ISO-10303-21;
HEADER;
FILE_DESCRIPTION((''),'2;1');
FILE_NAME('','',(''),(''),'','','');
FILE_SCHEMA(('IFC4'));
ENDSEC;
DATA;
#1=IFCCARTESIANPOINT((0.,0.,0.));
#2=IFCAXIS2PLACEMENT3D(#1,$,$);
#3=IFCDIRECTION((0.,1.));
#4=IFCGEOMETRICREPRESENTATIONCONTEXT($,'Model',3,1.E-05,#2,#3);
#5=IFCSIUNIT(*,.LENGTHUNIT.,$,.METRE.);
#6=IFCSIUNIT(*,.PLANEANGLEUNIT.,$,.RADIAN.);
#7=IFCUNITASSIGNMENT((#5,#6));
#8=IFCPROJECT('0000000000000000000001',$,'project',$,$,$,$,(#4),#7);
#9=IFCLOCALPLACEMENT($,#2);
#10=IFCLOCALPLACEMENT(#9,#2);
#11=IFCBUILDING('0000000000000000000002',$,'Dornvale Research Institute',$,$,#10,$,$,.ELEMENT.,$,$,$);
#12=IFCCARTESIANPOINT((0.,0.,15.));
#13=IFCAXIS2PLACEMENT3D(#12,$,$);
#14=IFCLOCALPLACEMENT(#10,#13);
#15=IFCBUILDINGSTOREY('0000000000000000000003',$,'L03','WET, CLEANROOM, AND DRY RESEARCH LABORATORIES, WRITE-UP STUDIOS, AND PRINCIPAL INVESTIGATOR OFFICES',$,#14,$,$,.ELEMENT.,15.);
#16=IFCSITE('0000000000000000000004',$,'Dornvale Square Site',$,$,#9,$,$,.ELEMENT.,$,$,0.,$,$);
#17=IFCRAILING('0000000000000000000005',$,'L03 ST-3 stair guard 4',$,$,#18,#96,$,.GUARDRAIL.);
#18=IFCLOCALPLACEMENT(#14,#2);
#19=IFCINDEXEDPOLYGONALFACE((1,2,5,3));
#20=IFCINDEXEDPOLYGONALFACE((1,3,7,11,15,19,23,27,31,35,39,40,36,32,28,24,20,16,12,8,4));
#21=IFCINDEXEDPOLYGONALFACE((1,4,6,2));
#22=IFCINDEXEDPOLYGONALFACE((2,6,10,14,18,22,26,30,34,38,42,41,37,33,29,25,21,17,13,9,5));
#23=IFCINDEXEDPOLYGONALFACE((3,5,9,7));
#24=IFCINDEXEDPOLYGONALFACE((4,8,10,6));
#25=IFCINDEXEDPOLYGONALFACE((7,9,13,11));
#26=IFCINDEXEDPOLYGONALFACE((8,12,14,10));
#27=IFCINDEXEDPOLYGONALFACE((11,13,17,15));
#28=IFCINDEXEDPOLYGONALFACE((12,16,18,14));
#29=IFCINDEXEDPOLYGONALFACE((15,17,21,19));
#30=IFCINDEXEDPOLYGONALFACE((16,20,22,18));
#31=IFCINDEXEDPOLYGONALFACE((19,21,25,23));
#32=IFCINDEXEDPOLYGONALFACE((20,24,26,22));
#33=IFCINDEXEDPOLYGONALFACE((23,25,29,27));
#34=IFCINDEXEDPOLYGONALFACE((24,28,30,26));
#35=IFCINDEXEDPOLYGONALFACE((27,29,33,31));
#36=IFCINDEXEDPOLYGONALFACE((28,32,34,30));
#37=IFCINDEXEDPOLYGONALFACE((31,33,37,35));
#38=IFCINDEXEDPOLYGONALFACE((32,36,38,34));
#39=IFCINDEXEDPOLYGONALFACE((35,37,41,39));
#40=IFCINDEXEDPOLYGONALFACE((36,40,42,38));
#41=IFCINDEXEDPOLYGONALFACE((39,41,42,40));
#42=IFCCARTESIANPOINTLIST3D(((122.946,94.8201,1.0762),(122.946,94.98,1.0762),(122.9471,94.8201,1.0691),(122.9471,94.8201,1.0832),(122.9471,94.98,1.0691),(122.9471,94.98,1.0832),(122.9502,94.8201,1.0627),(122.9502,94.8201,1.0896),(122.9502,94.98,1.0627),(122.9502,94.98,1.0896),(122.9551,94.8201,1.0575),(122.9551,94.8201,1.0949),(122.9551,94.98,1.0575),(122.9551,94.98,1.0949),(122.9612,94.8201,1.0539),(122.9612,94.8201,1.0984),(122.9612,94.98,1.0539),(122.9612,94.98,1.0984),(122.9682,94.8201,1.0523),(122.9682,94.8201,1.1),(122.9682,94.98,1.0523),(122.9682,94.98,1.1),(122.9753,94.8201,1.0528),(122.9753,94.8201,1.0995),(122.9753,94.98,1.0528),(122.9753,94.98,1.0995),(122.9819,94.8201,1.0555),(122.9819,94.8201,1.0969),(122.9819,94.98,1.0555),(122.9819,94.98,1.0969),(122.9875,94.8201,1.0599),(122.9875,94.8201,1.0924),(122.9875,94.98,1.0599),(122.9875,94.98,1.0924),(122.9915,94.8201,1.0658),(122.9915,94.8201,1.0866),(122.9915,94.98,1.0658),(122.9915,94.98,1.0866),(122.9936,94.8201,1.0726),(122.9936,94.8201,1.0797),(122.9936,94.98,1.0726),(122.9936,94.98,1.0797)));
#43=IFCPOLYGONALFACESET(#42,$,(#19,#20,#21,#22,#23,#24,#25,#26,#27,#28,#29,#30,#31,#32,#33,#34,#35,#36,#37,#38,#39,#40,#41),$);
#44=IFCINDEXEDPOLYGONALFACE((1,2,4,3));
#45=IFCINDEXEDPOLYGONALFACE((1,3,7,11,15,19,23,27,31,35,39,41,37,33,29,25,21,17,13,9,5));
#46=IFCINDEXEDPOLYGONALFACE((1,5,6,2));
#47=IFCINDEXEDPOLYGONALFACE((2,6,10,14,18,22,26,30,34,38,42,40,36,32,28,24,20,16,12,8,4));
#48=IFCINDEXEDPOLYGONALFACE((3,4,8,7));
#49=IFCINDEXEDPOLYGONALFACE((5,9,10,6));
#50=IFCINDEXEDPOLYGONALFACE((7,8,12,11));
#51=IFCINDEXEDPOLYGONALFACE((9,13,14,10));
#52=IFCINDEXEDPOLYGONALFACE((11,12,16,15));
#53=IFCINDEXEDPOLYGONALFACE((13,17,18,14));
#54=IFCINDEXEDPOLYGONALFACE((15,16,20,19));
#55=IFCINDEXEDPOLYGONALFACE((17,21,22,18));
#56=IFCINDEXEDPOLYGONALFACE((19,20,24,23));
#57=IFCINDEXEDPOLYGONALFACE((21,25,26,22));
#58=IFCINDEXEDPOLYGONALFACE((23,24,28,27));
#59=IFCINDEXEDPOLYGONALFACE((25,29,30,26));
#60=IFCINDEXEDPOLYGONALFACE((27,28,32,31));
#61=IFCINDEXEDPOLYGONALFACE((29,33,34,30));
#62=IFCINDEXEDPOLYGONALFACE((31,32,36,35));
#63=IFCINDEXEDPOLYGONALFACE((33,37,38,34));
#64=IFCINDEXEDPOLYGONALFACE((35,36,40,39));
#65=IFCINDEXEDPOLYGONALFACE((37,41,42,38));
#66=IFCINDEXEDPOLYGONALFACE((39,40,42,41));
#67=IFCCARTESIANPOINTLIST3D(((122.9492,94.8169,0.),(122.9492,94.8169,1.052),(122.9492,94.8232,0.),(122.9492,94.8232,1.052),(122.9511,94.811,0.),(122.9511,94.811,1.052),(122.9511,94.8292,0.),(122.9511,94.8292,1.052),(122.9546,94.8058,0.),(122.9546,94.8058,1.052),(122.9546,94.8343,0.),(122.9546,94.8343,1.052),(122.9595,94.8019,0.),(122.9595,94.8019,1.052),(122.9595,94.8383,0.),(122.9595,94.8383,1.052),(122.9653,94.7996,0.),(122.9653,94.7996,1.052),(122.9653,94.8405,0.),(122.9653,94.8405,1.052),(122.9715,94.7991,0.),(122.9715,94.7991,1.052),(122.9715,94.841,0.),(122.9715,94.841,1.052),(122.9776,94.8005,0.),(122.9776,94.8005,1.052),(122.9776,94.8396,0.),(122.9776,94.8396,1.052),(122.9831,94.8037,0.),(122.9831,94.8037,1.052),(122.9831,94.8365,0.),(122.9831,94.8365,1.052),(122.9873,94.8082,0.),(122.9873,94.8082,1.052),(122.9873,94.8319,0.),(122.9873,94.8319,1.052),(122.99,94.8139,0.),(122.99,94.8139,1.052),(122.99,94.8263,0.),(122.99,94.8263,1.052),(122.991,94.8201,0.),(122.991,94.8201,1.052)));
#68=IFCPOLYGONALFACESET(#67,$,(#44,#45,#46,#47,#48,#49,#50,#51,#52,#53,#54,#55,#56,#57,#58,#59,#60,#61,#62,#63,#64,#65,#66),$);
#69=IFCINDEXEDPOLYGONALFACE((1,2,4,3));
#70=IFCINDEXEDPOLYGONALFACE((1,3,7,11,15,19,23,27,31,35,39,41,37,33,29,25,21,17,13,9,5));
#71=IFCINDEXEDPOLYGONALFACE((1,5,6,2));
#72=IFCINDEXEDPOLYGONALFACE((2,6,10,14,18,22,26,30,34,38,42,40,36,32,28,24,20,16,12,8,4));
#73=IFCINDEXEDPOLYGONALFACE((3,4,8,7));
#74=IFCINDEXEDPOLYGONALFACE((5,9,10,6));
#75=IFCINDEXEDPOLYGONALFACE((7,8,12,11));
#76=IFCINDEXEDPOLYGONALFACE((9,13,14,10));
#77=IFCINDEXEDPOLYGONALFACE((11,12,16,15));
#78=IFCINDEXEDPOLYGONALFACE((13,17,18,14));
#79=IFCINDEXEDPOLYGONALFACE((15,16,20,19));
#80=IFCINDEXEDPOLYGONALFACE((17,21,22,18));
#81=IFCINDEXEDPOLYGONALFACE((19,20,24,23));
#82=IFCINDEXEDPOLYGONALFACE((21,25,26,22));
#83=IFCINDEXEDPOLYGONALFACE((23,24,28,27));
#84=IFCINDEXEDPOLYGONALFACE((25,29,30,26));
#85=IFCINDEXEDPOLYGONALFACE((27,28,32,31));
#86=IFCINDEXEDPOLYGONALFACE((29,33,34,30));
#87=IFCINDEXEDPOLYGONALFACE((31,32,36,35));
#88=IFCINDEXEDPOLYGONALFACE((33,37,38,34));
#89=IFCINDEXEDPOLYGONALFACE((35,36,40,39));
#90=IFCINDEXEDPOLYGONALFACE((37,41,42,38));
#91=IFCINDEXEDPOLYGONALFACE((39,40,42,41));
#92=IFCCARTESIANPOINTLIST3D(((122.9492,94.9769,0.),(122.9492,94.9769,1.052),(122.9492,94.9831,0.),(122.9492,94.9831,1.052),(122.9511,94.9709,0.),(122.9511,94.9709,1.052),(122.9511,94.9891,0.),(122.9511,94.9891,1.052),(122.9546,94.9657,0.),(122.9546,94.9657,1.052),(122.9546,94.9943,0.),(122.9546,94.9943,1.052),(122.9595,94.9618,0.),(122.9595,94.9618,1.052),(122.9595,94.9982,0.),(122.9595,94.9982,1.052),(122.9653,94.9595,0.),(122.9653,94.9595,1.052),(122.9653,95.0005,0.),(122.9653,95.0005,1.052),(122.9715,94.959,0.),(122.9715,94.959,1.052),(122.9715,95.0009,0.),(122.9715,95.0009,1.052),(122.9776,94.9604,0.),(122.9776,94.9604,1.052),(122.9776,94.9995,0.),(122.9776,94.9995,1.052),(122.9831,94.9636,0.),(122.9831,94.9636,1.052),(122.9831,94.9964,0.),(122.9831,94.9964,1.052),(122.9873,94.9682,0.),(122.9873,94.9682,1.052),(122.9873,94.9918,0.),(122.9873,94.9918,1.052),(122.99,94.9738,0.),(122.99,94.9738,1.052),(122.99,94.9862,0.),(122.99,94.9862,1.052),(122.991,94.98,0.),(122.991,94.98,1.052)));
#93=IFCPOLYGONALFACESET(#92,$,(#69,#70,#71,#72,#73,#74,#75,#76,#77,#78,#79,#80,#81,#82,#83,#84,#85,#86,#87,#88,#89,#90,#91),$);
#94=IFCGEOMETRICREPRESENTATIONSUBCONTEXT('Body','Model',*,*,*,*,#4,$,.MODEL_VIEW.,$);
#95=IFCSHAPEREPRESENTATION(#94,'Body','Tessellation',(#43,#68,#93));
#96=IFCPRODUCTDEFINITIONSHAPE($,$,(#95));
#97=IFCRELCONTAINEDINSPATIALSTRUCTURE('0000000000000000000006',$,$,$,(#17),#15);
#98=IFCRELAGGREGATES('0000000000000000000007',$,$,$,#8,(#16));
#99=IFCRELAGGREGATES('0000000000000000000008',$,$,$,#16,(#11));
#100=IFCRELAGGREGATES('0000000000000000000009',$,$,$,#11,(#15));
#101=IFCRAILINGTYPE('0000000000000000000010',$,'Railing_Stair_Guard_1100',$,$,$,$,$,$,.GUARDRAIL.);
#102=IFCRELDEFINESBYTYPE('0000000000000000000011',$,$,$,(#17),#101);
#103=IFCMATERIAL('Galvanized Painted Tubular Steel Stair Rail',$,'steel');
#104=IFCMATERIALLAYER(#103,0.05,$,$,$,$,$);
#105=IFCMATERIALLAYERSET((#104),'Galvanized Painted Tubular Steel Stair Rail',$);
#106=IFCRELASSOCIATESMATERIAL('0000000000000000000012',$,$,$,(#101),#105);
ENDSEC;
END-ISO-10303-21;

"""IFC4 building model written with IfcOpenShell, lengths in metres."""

from ifc_helpers import new_model, si_unit, direction, frame, origin, origin_2d, place, context, subcontext, project, spatial, circle, extrude, material, layer, layer_set, type_object, element, save


model = new_model("IFC4")

# Units and contexts
model_context = context("Model", 3, precision=1e-05, world=origin(), true_north=direction((0.0, 1.0)))
body_context = subcontext(model_context, "Body", "Model", "MODEL_VIEW")
ifc_project = project(units=[si_unit("LENGTHUNIT", "METRE"), si_unit("PLANEANGLEUNIT", "RADIAN")], contexts=[model_context])

# Site, building, storey
site_placement = place(None, origin())
site = spatial("IfcSite", under=ifc_project, at=site_placement, Name="Dornvale Square Site", CompositionType="ELEMENT", RefElevation=0.0)
building_placement = place(site_placement, origin())
building = spatial("IfcBuilding", under=site, at=building_placement, Name="Dornvale Research Institute", CompositionType="ELEMENT")
storey_placement = place(building_placement, frame((0.0, 0.0, 15.0)))
storey = spatial("IfcBuildingStorey", under=building, at=storey_placement, Name="L03", Description="WET, CLEANROOM, AND DRY RESEARCH LABORATORIES, WRITE-UP STUDIOS, AND PRINCIPAL INVESTIGATOR OFFICES", CompositionType="ELEMENT", Elevation=15.0)

# Railing
ifc_material_1 = material(Name="Galvanized Painted Tubular Steel Stair Rail", Category="steel")
ifc_layer_1 = layer(ifc_material_1, 0.05)
ifc_layer_set_1 = layer_set([ifc_layer_1], Name="Galvanized Painted Tubular Steel Stair Rail")
railing_type_1 = type_object("IfcRailingType", Name="Railing_Stair_Guard_1100", PredefinedType="GUARDRAIL", material=ifc_layer_set_1)
railing_1_placement = place(storey_placement, frame((122.97, 94.8201, 0.0)))
element("IfcRailing", 1, at=railing_1_placement, inside=storey, type_object=railing_type_1, Name="L03 ST-3 stair guard 4", PredefinedType="GUARDRAIL", context=body_context, shape_type="SweptSolid", body=[
    extrude(circle(Radius=0.0239, at=origin_2d()), frame((0.0, 0.0, 1.0762), z_axis=(0.0, 1.0, 0.0), x_axis=(-1.0, 0.0, 0.0)), (0.0, 0.0, 1.0), 0.1599),
    extrude(circle(Radius=0.021, at=origin_2d()), origin(), (0.0, 0.0, 1.0), 1.052),
    extrude(circle(Radius=0.021, at=origin_2d()), frame((0.0, 0.1599, 0.0)), (0.0, 0.0, 1.0), 1.052),
])

save(model, "model.ifc")
